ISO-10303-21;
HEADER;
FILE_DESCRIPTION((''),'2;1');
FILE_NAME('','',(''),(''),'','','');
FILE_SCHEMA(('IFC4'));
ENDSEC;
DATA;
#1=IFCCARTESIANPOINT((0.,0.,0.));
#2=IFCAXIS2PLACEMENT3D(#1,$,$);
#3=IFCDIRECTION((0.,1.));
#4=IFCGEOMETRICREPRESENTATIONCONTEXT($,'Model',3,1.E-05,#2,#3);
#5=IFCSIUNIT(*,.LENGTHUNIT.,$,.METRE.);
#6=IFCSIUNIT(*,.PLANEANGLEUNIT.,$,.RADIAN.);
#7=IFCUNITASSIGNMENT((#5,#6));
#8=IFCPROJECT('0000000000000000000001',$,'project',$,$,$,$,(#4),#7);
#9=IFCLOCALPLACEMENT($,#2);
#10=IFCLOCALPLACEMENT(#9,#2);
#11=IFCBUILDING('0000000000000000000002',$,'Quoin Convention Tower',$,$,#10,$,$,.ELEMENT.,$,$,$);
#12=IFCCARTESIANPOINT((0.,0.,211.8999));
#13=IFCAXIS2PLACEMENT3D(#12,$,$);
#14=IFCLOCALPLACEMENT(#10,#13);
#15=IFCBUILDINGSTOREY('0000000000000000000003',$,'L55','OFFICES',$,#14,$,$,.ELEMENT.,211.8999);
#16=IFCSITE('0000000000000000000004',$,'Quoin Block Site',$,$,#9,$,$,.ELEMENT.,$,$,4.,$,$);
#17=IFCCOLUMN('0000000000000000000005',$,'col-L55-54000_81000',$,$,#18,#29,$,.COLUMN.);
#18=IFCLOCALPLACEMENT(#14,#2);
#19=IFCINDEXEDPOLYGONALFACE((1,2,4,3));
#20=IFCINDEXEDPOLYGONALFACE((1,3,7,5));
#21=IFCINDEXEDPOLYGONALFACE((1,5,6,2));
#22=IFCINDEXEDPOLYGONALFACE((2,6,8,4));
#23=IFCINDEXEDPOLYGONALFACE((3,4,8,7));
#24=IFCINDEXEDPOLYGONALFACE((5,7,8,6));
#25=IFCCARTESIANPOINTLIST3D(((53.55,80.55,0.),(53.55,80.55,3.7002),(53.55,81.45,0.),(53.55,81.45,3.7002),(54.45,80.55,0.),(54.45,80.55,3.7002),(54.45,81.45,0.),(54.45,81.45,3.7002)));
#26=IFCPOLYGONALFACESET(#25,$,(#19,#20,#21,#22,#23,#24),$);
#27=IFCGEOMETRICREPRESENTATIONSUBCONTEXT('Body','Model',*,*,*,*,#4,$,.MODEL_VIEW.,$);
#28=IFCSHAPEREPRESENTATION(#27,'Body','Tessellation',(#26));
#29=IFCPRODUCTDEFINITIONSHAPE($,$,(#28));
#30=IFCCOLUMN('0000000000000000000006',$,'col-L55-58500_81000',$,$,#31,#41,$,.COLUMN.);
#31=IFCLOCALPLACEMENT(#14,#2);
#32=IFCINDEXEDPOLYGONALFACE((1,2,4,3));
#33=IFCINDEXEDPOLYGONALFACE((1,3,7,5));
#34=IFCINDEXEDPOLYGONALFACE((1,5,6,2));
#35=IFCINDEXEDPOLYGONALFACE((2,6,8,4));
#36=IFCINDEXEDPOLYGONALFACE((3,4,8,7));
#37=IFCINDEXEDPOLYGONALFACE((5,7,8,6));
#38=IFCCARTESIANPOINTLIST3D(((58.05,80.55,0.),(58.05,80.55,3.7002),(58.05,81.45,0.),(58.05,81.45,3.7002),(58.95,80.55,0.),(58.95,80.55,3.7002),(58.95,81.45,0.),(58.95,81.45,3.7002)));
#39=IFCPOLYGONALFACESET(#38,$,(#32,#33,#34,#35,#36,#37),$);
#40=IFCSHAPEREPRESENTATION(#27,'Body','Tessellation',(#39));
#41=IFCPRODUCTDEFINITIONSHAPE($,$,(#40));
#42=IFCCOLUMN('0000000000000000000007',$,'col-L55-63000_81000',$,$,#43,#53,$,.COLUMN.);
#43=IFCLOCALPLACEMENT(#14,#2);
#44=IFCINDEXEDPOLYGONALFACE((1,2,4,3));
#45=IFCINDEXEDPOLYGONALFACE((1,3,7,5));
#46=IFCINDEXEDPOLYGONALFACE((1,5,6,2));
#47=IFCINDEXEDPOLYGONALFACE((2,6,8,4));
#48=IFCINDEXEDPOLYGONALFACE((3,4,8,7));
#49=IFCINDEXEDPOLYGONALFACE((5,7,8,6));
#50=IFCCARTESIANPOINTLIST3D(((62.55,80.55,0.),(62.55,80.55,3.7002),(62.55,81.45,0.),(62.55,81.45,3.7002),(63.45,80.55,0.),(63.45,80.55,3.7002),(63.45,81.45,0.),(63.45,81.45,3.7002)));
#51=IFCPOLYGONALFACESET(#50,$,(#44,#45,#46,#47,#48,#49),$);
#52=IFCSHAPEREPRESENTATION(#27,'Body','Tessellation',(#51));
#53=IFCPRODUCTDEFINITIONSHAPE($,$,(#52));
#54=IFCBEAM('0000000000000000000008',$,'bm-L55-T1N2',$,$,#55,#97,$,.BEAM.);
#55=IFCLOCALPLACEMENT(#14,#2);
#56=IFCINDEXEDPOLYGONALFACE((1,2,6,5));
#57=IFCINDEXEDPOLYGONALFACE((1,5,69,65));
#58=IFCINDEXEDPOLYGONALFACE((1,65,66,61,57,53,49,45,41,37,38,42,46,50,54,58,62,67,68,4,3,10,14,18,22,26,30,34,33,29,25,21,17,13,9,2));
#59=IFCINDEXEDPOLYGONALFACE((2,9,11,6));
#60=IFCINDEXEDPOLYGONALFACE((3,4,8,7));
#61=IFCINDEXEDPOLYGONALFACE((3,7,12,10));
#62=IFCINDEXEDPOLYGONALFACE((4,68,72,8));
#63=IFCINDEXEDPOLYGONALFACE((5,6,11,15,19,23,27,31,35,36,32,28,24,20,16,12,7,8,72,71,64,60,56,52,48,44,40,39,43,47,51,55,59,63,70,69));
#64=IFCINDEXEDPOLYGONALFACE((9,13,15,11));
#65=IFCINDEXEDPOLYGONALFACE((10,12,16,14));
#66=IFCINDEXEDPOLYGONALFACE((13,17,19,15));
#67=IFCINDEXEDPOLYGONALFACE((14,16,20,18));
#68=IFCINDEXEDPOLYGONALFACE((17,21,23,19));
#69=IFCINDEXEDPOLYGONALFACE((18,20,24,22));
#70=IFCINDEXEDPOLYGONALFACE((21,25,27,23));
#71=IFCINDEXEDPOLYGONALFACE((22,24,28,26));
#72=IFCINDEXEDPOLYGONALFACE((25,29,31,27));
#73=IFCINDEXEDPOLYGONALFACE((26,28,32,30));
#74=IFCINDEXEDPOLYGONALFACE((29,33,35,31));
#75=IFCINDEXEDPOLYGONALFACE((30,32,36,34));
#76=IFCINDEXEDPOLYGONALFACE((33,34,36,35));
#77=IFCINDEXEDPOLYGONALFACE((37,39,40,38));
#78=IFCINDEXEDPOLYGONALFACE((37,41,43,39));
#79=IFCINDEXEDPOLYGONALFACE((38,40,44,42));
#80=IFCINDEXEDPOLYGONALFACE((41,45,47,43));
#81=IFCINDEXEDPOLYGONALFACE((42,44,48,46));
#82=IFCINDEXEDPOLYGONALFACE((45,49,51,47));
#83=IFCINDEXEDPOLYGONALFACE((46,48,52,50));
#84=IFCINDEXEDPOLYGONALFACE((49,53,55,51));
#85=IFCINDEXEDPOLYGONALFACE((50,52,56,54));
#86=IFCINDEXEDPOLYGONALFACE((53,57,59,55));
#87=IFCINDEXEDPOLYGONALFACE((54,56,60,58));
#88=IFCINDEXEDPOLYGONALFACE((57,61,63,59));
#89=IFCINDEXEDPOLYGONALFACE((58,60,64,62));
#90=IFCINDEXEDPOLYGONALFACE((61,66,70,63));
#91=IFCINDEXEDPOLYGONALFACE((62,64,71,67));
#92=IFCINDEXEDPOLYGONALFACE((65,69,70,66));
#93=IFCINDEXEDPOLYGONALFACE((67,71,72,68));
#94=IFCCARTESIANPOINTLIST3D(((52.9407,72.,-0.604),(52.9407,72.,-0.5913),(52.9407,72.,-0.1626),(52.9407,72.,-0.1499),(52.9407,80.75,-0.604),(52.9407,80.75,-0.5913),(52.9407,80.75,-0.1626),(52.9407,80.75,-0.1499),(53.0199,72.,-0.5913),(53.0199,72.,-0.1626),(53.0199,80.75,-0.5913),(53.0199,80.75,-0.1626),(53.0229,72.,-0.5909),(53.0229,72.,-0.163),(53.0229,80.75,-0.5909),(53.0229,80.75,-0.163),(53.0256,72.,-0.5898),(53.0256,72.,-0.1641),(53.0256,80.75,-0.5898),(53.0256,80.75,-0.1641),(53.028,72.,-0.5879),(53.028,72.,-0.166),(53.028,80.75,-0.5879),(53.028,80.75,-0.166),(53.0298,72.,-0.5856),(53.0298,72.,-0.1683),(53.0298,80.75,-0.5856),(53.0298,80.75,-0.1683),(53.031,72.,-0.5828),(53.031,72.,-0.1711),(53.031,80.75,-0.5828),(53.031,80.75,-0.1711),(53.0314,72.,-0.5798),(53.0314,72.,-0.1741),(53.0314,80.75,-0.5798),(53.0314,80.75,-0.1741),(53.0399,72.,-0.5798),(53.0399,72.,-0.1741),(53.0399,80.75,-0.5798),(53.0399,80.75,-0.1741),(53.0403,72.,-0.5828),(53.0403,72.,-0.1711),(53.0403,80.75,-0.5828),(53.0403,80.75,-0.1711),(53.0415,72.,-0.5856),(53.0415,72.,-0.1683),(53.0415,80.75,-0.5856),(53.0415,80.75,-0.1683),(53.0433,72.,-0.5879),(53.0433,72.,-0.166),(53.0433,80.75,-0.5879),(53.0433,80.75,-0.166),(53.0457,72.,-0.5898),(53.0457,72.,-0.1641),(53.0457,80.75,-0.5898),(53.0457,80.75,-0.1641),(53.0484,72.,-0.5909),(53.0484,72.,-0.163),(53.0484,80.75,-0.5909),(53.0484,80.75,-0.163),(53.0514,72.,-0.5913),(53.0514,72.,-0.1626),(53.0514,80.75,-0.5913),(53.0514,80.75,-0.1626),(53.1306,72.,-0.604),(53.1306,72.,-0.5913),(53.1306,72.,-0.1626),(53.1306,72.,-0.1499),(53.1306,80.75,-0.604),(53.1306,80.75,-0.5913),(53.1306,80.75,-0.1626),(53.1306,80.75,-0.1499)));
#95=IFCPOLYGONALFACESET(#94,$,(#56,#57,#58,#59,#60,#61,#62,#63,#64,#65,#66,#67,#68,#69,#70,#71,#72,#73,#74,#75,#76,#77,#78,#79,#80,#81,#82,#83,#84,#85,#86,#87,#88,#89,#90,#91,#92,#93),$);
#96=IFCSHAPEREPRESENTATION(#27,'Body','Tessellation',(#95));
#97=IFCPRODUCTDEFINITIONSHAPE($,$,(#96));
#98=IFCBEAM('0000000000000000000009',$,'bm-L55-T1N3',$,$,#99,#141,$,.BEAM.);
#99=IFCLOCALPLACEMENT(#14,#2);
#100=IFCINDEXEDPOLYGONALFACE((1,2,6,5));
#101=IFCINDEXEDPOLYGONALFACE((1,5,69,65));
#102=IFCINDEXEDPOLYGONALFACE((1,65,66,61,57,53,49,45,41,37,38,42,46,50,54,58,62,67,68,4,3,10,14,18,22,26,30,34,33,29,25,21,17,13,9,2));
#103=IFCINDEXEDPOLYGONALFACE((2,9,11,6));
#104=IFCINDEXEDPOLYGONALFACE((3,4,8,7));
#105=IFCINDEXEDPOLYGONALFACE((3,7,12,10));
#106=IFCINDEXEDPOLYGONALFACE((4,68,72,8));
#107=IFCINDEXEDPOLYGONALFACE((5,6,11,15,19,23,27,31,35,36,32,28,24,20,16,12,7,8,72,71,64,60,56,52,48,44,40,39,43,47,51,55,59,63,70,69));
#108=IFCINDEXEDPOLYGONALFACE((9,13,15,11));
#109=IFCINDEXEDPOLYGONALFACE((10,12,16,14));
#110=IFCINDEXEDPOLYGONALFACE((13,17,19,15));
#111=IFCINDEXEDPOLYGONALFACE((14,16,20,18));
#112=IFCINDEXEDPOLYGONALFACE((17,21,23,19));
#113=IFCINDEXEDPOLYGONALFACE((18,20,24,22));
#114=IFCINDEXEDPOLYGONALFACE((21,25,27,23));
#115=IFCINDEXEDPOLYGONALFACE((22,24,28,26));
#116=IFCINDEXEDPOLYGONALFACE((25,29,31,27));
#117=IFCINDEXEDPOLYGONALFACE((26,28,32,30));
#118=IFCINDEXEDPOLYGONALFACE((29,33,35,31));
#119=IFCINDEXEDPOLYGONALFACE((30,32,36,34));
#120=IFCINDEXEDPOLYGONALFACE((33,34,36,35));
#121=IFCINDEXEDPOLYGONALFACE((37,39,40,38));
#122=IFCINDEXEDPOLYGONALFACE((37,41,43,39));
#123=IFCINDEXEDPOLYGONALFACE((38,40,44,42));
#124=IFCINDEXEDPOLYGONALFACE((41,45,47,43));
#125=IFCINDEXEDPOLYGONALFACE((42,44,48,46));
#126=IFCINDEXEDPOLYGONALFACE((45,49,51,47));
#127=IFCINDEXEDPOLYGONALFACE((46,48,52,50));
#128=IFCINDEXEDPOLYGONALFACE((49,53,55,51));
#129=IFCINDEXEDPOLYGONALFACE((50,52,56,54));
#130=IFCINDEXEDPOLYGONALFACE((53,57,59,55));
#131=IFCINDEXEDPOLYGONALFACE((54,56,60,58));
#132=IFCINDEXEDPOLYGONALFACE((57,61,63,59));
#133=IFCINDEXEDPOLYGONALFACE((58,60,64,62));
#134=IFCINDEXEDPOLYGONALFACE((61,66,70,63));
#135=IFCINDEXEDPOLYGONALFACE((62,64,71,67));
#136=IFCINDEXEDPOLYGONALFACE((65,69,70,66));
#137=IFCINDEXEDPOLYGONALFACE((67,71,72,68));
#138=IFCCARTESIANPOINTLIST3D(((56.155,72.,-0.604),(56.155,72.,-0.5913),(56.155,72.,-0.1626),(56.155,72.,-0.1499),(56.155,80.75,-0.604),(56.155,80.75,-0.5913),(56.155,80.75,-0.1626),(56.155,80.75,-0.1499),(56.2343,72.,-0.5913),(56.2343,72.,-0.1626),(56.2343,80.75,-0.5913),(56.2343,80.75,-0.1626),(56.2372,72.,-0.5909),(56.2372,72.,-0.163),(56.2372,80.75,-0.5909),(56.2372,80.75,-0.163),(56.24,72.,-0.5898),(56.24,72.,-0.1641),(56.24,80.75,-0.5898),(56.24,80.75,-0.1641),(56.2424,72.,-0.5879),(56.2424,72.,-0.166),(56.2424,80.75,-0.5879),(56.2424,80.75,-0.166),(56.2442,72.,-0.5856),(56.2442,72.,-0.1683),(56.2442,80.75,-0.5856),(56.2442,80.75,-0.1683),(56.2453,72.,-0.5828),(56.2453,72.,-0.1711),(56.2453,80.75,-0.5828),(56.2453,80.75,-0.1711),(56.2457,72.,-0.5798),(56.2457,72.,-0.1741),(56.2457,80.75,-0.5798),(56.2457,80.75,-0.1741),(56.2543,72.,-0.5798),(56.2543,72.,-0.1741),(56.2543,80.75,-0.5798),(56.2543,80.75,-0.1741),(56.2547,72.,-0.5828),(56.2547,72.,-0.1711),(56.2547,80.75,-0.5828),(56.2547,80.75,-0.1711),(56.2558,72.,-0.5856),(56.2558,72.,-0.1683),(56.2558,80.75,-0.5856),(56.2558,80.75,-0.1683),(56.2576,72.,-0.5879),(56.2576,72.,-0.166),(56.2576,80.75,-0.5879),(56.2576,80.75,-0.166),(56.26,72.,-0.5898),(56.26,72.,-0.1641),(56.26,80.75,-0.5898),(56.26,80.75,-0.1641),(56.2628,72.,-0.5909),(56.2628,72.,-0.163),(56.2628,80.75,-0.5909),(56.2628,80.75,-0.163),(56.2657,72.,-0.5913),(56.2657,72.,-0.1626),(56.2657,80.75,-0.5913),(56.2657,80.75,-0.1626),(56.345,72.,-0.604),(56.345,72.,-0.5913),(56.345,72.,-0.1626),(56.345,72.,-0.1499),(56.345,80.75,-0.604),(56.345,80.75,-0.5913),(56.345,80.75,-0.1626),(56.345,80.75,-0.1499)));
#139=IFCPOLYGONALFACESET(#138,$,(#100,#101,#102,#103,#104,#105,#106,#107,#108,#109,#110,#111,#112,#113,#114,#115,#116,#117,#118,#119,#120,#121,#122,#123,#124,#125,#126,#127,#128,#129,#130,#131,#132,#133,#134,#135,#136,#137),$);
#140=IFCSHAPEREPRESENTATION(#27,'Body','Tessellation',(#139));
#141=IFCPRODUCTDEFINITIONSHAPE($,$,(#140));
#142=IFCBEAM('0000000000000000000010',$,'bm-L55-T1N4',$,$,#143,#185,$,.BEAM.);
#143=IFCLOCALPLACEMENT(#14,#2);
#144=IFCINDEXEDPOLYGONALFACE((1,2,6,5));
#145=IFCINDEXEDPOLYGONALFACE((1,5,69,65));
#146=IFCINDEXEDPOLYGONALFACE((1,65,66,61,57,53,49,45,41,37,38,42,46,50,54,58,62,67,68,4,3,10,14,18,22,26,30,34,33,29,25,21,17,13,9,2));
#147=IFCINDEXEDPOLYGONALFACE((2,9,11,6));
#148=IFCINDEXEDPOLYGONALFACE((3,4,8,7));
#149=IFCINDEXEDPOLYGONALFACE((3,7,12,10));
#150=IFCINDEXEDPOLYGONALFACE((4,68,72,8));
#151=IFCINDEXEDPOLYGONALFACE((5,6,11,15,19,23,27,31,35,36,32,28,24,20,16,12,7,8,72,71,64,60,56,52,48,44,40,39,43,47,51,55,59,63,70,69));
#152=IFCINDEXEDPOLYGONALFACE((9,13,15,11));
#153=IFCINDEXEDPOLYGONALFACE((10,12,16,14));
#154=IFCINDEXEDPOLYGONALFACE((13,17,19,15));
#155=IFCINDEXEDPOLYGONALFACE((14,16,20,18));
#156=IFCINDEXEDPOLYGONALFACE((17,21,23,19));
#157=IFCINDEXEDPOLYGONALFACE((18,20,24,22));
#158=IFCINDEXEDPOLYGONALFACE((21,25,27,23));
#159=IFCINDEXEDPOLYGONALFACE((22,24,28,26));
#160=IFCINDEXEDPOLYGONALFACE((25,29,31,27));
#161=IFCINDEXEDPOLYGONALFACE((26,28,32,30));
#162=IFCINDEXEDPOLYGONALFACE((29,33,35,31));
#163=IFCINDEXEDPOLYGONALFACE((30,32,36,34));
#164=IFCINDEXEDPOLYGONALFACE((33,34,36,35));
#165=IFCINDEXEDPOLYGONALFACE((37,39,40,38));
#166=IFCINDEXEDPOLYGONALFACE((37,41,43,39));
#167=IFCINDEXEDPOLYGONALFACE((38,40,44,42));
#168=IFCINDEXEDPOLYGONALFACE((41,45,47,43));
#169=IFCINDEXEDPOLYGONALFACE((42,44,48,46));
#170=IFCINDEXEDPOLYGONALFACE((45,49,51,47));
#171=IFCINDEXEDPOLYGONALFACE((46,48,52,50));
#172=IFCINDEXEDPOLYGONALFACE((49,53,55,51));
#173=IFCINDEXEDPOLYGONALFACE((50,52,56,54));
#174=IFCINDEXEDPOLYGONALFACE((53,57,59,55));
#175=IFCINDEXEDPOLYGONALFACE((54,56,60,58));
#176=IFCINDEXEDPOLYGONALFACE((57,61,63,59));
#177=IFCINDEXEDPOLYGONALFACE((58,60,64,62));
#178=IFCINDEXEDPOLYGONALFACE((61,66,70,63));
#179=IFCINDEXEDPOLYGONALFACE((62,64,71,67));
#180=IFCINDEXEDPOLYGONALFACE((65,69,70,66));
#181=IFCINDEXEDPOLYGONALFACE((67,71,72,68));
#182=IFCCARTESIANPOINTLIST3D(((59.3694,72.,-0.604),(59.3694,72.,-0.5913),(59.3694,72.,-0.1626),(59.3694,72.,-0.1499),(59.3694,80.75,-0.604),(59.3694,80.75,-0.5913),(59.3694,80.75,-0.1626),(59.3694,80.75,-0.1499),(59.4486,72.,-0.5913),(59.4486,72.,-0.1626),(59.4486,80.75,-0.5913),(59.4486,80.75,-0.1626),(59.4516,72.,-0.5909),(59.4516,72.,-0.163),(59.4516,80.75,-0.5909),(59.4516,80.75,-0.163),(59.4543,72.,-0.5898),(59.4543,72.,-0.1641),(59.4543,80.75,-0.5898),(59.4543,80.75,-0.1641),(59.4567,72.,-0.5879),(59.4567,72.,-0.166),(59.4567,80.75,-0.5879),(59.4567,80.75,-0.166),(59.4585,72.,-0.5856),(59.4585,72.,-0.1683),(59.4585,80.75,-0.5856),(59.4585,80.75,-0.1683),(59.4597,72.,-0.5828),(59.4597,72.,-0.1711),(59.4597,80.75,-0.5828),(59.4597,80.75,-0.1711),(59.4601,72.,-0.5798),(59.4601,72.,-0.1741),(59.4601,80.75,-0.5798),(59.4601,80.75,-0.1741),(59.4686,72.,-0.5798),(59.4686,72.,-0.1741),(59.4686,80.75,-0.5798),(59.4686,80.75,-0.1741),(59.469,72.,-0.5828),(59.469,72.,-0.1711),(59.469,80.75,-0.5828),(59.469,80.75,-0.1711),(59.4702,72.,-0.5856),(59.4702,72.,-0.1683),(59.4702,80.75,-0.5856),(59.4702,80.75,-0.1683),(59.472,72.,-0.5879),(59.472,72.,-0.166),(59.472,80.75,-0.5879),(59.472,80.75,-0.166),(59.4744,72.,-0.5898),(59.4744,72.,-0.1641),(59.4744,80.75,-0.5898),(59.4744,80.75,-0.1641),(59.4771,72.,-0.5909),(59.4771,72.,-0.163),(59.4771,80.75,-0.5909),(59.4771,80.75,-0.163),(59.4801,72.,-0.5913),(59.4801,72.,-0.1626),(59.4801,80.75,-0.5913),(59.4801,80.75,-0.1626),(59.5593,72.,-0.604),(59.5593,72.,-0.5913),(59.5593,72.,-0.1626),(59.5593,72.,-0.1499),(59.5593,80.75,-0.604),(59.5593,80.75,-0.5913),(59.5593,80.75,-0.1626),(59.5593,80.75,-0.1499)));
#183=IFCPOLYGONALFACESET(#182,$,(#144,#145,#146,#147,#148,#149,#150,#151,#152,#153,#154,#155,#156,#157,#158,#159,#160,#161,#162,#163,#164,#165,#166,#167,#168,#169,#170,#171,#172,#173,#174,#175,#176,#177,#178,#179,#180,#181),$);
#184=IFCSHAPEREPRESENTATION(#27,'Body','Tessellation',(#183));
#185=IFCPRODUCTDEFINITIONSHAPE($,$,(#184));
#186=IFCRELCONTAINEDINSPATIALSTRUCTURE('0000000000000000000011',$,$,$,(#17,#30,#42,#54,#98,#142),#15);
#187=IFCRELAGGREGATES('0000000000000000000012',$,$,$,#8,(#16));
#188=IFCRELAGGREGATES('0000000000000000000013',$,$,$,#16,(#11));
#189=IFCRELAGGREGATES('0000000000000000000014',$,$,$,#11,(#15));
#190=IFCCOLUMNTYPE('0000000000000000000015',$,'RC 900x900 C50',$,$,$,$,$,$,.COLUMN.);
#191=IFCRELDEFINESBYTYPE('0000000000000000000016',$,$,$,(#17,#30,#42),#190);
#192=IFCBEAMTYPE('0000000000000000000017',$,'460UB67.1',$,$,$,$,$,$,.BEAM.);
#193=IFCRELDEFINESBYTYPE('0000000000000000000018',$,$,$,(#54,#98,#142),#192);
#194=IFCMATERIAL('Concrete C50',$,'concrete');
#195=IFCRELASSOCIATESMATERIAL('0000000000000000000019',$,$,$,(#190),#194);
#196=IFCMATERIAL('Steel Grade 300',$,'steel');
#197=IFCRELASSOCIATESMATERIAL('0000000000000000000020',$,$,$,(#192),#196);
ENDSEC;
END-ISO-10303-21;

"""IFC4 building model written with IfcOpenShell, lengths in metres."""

from ifc_helpers import new_model, si_unit, direction, frame, origin, origin_2d, place, context, subcontext, project, spatial, rectangle, i_section, extrude, material, material_profile, profile_set, type_object, element, save


model = new_model("IFC4")

# Units and contexts
model_context = context("Model", 3, precision=1e-05, world=origin(), true_north=direction((0.0, 1.0)))
body_context = subcontext(model_context, "Body", "Model", "MODEL_VIEW")
ifc_project = project(units=[si_unit("LENGTHUNIT", "METRE"), si_unit("PLANEANGLEUNIT", "RADIAN")], contexts=[model_context])

# Site, building, storey
site_placement = place(None, origin())
site = spatial("IfcSite", under=ifc_project, at=site_placement, Name="Quoin Block Site", CompositionType="ELEMENT", RefElevation=4.0)
building_placement = place(site_placement, origin())
building = spatial("IfcBuilding", under=site, at=building_placement, Name="Quoin Convention Tower", CompositionType="ELEMENT")
storey_placement = place(building_placement, frame((0.0, 0.0, 211.8999)))
storey = spatial("IfcBuildingStorey", under=building, at=storey_placement, Name="L55", Description="OFFICES", CompositionType="ELEMENT", Elevation=211.8999)

# Columns
ifc_material_1 = material(Name="Concrete C50", Category="concrete")
ifc_material_profile_1 = material_profile(ifc_material_1, rectangle(XDim=0.8999, YDim=0.8999, at=origin_2d()), Name="RC 900x900")
ifc_profile_set_1 = profile_set([ifc_material_profile_1], Name="Concrete C50")
column_type = type_object("IfcColumnType", Name="RC 900x900 C50", PredefinedType="COLUMN", material=ifc_profile_set_1)
for number, where, z_axis, x_axis, name in (
    (1, (54.0, 81.0, 0.0), (0.0, 0.0, 1.0), (1.0, 0.0, 0.0), "col-L55-54000_81000"),
    (2, (58.5, 81.0, 0.0), (0.0, 0.0, 1.0), (1.0, 0.0, 0.0), "col-L55-58500_81000"),
    (3, (63.0, 81.0, 0.0), (0.0, 0.0, 1.0), (1.0, 0.0, 0.0), "col-L55-63000_81000"),
):
    element("IfcColumn", number, at=place(storey_placement, frame(where, z_axis=z_axis, x_axis=x_axis)), inside=storey, type_object=column_type, Name=name, PredefinedType="COLUMN", context=body_context, shape_type="SweptSolid", body=[
        extrude(rectangle(XDim=0.8999, YDim=0.8999, at=origin_2d()), origin(), (0.0, 0.0, 1.0), 3.7002),
    ])

# Beams
ifc_material_2 = material(Name="Steel Grade 300", Category="steel")
ifc_material_profile_2 = material_profile(ifc_material_2, i_section(OverallWidth=0.1899, OverallDepth=0.4541, WebThickness=0.0085, FlangeThickness=0.0127, FilletRadius=0.0115, at=origin_2d()), Name="460UB67.1")
ifc_profile_set_2 = profile_set([ifc_material_profile_2], Name="Steel Grade 300")
beam_type = type_object("IfcBeamType", Name="460UB67.1", PredefinedType="BEAM", material=ifc_profile_set_2)
for number, where, z_axis, x_axis, name in (
    (4, (53.0356, 72.0, -0.377), (0.0, 1.0, 0.0), (-1.0, 0.0, 0.0), "bm-L55-T1N2"),
    (5, (56.25, 72.0, -0.377), (0.0, 1.0, 0.0), (-1.0, 0.0, 0.0), "bm-L55-T1N3"),
    (6, (59.4644, 72.0, -0.377), (0.0, 1.0, 0.0), (-1.0, 0.0, 0.0), "bm-L55-T1N4"),
):
    element("IfcBeam", number, at=place(storey_placement, frame(where, z_axis=z_axis, x_axis=x_axis)), inside=storey, type_object=beam_type, Name=name, PredefinedType="BEAM", context=body_context, shape_type="SweptSolid", body=[
        extrude(i_section(OverallWidth=0.1899, OverallDepth=0.4541, WebThickness=0.0085, FlangeThickness=0.0127, FilletRadius=0.0115, at=origin_2d()), origin(), (0.0, 0.0, 1.0), 8.75),
    ])

save(model, "model.ifc")
